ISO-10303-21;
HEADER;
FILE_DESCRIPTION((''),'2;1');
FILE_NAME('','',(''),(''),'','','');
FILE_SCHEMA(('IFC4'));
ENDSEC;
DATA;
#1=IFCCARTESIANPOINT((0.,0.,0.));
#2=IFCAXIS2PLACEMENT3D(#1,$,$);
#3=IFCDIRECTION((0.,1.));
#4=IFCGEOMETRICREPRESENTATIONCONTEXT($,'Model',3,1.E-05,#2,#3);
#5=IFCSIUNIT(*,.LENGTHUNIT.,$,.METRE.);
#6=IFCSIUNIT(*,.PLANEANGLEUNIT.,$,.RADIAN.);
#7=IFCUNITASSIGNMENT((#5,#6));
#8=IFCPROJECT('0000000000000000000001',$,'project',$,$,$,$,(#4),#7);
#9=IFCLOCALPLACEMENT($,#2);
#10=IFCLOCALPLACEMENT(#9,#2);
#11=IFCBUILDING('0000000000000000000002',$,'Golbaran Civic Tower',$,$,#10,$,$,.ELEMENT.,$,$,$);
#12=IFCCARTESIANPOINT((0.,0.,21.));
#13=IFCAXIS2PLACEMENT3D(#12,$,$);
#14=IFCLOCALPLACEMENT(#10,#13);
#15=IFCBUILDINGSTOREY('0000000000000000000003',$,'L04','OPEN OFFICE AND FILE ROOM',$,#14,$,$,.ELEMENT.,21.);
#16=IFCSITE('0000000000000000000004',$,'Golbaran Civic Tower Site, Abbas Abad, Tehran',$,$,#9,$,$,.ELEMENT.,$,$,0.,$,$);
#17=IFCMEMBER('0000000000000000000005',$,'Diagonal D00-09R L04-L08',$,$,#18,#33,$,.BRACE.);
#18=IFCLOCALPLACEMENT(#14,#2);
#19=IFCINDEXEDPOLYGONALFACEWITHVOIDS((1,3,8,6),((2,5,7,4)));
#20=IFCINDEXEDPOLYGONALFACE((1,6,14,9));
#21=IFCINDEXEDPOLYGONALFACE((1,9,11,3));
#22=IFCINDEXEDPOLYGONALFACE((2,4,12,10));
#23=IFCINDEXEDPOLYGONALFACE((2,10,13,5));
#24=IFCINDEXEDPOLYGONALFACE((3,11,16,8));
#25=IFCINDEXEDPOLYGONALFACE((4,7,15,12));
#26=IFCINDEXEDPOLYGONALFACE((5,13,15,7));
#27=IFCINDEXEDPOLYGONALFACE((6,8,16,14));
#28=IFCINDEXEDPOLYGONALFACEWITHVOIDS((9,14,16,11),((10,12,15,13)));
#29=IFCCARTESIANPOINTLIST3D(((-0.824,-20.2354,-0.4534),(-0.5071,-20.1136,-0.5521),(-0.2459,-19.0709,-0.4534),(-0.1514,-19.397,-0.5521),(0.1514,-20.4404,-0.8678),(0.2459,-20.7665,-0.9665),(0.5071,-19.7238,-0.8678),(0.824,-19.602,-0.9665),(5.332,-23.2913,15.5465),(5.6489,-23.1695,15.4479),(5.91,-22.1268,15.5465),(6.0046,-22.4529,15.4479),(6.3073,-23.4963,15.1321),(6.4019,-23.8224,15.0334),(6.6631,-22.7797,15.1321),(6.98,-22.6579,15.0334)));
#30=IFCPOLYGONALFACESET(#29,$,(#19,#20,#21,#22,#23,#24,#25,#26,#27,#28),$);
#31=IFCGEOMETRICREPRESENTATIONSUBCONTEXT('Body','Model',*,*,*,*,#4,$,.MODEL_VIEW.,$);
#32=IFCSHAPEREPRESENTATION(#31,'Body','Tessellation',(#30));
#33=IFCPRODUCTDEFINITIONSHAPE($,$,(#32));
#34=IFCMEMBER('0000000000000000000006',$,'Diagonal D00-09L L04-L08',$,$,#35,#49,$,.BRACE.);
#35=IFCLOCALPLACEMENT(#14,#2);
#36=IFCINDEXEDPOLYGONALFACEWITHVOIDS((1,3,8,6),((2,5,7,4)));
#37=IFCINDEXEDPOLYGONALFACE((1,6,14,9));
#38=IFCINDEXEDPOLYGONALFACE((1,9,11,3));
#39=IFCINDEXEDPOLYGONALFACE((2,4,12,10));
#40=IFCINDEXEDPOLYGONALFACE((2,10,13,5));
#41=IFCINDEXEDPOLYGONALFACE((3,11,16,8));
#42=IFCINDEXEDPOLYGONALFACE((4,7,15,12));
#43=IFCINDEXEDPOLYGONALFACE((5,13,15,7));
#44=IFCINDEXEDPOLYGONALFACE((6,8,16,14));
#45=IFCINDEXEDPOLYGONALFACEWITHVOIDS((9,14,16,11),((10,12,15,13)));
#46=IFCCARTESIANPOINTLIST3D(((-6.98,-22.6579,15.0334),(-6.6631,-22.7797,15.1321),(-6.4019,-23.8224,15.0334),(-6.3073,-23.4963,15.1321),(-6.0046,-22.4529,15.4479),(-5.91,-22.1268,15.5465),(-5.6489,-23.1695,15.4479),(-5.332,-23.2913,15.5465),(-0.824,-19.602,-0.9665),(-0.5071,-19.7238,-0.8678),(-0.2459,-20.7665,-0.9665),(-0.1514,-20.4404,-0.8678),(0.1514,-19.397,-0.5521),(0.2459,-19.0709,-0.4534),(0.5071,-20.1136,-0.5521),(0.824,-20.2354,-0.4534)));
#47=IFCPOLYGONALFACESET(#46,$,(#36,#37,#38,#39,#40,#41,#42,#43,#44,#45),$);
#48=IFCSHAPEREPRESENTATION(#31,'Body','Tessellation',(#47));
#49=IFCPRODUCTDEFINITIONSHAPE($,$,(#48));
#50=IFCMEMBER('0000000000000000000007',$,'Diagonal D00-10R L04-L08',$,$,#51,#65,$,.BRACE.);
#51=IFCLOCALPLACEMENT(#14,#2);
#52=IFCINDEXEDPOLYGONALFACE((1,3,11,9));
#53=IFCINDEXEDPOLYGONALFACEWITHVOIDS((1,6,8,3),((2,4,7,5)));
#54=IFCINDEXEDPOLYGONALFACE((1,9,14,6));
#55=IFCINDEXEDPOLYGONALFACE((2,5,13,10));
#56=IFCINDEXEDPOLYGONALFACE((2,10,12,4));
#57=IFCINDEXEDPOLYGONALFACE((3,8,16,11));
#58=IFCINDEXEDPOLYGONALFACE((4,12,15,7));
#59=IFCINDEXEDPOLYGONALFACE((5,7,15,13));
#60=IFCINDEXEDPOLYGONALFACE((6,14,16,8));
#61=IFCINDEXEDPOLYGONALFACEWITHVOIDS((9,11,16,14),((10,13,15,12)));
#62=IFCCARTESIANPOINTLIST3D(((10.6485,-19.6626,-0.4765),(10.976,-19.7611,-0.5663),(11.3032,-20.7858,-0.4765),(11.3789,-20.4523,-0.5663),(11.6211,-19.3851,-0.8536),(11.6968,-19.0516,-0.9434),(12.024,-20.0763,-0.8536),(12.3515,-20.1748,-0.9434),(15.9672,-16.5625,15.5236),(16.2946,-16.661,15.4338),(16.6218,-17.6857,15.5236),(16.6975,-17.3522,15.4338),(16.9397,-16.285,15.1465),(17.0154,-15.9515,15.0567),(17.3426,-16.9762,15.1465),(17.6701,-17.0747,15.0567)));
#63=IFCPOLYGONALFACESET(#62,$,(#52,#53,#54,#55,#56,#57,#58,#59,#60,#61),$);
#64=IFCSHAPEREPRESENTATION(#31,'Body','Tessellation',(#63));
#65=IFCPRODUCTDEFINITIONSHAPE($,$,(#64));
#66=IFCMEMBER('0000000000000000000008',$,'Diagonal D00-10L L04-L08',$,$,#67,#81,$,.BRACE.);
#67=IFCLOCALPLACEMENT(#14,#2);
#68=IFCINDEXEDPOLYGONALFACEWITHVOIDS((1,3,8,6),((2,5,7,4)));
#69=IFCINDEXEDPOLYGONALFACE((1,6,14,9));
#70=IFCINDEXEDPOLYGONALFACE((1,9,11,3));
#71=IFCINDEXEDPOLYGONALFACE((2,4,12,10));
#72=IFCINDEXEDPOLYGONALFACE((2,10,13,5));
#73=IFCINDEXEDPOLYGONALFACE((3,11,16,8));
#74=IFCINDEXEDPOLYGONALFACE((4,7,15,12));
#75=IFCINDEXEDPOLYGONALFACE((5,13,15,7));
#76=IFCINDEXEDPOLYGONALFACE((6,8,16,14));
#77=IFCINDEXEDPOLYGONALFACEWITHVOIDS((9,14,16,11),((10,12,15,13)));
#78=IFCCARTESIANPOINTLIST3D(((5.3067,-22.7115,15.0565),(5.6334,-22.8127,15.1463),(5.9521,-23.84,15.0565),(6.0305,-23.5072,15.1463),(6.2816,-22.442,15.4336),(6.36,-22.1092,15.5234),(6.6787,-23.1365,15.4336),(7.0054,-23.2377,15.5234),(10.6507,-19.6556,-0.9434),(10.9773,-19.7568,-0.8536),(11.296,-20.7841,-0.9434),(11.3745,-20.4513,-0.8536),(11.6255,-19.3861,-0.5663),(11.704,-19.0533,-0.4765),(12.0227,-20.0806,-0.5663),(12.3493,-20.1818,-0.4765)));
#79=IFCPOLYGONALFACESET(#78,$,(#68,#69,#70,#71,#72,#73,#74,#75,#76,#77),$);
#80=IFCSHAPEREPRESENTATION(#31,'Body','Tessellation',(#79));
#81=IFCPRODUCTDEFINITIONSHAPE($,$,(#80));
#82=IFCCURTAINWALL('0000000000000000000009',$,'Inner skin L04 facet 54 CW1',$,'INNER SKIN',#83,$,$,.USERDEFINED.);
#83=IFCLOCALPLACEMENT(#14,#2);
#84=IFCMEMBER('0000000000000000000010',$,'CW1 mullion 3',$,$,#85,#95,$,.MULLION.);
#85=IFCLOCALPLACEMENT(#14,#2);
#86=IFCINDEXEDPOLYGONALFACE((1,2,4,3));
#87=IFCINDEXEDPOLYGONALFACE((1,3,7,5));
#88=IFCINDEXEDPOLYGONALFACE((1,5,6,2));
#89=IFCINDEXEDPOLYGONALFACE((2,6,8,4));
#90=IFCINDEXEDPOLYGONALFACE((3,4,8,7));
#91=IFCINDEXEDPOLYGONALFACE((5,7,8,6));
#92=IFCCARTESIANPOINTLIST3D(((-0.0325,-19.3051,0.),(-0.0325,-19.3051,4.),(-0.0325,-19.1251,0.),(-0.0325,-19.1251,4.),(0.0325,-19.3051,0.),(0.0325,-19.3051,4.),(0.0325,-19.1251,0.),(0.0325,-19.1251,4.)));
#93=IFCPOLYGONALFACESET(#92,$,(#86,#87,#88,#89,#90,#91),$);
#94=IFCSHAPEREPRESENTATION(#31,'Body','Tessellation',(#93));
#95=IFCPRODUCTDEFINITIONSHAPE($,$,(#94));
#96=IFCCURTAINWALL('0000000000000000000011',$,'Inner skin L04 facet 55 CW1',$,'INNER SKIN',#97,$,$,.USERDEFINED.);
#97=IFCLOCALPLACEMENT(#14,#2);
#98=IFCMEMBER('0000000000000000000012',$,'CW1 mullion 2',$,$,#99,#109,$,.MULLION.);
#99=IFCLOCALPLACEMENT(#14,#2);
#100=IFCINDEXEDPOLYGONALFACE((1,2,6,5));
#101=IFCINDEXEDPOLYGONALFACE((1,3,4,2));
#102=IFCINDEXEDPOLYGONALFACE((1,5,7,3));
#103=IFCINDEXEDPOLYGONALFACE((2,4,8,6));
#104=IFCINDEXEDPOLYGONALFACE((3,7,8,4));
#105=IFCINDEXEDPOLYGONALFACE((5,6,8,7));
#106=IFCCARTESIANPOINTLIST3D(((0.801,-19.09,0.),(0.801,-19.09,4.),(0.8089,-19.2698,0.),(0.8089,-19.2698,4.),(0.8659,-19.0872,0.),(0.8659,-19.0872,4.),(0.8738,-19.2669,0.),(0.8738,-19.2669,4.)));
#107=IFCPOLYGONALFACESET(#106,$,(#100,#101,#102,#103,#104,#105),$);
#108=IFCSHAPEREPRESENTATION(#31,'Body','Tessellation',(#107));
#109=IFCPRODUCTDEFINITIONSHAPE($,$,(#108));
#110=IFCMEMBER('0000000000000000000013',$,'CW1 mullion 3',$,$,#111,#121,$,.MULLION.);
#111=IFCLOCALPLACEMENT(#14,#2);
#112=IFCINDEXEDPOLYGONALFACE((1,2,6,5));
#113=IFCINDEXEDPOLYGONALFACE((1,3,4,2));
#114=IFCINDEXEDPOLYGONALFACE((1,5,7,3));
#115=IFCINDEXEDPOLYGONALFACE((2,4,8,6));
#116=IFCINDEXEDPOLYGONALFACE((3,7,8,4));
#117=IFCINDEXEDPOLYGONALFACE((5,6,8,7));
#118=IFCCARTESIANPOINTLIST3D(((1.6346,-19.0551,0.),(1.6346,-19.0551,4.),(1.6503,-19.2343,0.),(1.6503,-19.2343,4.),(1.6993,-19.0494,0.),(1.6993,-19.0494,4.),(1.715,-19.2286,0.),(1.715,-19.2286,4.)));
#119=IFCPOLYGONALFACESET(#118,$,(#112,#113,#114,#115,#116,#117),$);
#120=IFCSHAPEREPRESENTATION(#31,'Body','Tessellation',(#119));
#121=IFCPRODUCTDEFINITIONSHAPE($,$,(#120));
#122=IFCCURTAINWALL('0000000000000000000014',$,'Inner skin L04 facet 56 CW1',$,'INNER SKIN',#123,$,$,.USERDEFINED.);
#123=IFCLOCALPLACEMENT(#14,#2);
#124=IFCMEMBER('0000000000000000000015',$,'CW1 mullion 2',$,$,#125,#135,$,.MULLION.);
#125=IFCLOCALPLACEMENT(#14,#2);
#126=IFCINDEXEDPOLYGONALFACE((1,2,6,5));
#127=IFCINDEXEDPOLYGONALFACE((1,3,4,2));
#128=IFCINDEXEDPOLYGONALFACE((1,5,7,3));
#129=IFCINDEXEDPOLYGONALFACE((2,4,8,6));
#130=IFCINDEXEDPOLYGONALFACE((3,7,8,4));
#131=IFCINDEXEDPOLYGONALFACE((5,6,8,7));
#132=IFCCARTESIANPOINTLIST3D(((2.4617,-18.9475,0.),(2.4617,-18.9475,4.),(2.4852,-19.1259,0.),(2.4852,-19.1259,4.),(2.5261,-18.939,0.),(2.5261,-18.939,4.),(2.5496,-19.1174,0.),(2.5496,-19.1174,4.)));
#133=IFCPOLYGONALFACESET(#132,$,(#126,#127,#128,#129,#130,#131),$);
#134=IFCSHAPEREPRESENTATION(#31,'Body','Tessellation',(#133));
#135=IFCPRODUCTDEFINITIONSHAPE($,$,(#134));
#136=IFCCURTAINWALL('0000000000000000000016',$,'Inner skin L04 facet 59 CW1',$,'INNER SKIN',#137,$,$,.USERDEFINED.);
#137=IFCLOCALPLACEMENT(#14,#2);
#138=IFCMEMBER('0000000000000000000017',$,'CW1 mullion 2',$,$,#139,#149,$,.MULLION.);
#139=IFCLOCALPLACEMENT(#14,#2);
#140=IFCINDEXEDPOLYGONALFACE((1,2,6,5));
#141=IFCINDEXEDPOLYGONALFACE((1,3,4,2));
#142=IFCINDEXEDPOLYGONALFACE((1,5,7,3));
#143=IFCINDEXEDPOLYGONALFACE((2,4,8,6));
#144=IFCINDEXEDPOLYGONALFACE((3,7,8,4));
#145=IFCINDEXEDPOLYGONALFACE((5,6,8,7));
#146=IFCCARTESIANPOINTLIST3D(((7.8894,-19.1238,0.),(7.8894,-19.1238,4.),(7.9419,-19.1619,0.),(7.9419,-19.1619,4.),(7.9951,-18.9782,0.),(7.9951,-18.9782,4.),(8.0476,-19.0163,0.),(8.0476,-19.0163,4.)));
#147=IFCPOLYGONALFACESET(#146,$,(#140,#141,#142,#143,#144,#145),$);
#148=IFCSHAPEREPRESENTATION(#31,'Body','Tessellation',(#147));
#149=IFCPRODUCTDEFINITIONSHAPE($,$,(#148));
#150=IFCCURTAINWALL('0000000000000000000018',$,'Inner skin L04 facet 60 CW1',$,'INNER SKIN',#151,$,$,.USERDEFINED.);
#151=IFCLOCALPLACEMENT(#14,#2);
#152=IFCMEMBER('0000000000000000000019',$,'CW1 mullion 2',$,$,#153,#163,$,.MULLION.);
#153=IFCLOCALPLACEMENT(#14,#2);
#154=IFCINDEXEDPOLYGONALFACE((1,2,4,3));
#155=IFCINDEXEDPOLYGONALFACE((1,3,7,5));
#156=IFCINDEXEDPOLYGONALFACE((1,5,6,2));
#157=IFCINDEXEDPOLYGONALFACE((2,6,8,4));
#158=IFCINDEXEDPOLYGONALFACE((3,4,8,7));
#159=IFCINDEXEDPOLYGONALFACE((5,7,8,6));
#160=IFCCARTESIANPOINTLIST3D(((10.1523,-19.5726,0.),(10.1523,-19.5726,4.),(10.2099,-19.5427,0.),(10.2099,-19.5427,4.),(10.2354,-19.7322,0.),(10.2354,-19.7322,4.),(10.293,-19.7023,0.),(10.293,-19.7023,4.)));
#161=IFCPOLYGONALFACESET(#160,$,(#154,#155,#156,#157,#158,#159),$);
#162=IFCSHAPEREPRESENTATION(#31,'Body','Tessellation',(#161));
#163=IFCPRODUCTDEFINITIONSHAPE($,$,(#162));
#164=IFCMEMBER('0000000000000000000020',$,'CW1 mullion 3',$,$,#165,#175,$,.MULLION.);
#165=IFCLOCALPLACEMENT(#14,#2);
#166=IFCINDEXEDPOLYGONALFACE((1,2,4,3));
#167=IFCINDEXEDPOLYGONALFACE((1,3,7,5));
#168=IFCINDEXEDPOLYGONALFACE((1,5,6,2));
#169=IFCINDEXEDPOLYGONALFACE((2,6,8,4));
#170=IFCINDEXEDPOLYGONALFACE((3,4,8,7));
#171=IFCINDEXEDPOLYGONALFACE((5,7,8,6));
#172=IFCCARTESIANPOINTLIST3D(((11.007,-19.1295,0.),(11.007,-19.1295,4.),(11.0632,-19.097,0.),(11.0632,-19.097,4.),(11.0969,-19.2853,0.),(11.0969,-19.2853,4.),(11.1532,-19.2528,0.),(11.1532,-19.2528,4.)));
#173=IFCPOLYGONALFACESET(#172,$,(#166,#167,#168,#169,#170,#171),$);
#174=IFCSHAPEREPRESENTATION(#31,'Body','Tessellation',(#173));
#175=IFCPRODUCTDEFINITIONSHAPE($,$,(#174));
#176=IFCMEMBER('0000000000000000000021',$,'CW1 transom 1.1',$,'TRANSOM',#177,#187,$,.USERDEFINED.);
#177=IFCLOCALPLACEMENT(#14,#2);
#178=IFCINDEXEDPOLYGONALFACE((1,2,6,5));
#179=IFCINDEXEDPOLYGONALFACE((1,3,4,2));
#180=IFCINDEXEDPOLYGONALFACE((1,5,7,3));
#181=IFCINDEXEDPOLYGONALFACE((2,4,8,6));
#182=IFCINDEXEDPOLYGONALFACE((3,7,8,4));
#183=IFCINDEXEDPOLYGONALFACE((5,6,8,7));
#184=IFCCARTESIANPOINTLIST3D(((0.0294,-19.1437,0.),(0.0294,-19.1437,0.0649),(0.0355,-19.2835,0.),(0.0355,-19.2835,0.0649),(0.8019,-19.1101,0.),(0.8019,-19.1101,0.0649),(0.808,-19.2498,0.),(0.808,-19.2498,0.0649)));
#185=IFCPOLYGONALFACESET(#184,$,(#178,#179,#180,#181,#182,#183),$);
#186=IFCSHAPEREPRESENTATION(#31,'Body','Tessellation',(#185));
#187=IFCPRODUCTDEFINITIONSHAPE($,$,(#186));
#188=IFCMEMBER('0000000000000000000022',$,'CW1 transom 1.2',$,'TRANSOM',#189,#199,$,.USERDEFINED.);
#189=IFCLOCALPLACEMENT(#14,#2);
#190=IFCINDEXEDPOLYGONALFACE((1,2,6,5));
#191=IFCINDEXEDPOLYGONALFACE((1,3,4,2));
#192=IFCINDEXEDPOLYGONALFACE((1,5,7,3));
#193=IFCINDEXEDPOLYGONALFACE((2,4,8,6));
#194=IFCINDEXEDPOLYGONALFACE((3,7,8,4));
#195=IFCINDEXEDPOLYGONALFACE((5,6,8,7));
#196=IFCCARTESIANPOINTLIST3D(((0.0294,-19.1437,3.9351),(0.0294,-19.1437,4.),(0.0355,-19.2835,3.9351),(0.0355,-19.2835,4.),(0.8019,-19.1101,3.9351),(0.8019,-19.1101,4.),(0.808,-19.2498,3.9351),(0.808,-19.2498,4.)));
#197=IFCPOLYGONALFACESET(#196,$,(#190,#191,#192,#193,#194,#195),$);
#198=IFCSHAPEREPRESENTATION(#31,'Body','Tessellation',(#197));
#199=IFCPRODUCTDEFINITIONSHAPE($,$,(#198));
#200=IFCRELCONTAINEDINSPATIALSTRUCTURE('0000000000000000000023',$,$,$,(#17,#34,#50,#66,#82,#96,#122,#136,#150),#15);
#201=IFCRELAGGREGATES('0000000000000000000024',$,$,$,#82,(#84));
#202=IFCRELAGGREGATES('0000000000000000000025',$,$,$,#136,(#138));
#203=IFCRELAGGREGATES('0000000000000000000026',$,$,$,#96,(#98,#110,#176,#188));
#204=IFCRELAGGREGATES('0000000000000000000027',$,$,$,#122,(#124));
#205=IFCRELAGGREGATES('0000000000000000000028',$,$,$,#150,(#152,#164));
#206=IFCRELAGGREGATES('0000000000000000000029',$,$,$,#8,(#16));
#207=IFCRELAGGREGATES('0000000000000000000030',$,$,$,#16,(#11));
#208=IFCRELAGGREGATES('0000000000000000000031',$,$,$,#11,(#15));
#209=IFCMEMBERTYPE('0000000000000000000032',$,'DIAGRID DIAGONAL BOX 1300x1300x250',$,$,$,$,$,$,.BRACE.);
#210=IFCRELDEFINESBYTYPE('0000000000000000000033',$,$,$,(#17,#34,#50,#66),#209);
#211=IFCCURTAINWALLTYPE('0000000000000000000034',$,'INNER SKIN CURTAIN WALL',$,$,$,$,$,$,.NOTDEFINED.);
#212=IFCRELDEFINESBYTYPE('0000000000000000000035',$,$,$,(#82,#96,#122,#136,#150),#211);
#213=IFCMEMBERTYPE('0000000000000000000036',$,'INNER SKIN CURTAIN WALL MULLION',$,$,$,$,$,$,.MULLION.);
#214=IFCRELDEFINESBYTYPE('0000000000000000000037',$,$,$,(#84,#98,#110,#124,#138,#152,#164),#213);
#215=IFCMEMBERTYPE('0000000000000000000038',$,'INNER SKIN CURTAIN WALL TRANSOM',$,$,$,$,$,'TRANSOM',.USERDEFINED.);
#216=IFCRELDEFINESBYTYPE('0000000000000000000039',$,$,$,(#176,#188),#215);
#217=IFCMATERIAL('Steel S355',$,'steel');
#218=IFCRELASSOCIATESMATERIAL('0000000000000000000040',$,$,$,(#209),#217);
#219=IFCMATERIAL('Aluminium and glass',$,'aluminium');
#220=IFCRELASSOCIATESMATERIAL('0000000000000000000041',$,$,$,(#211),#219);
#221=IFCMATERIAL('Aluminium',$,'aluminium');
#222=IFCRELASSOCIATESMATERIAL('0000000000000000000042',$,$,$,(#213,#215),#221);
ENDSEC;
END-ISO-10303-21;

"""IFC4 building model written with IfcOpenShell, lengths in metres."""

from ifc_helpers import new_model, si_unit, direction, frame, origin, origin_2d, place, context, subcontext, project, spatial, rectangle, hollow_rectangle, extrude, material, material_profile, profile_set, type_object, element, aggregate, save


model = new_model("IFC4")

# Units and contexts
model_context = context("Model", 3, precision=1e-05, world=origin(), true_north=direction((0.0, 1.0)))
body_context = subcontext(model_context, "Body", "Model", "MODEL_VIEW")
ifc_project = project(units=[si_unit("LENGTHUNIT", "METRE"), si_unit("PLANEANGLEUNIT", "RADIAN")], contexts=[model_context])

# Site, building, storey
site_placement = place(None, origin())
site = spatial("IfcSite", under=ifc_project, at=site_placement, Name="Golbaran Civic Tower Site, Abbas Abad, Tehran", CompositionType="ELEMENT", RefElevation=0.0)
building_placement = place(site_placement, origin())
building = spatial("IfcBuilding", under=site, at=building_placement, Name="Golbaran Civic Tower", CompositionType="ELEMENT")
storey_placement = place(building_placement, frame((0.0, 0.0, 21.0)))
storey = spatial("IfcBuildingStorey", under=building, at=storey_placement, Name="L04", Description="OPEN OFFICE AND FILE ROOM", CompositionType="ELEMENT", Elevation=21.0)

# Members
ifc_material_1 = material(Name="Steel S355", Category="steel")
ifc_material_profile_1 = material_profile(ifc_material_1, hollow_rectangle(XDim=1.3, YDim=1.3, WallThickness=0.25, at=origin_2d()), Name="BOX 1300x1300x250")
ifc_profile_set_1 = profile_set([ifc_material_profile_1], Name="Steel S355")
member_type_1 = type_object("IfcMemberType", Name="DIAGRID DIAGONAL BOX 1300x1300x250", PredefinedType="BRACE", material=ifc_profile_set_1)
for number, where, z_axis, x_axis, name in (
    (1, (0.0, -19.9187, -0.71), (0.353516, -0.175489, 0.91882), (0.44464, 0.895709, 0.0), "Diagonal D00-09R L04-L08"),
    (2, (0.0, -19.9187, -0.71), (-0.353516, -0.175489, 0.91882), (0.44464, -0.895709, 0.0), "Diagonal D00-09L L04-L08"),
):
    element("IfcMember", number, at=place(storey_placement, frame(where, z_axis=z_axis, x_axis=x_axis)), inside=storey, type_object=member_type_1, Name=name, PredefinedType="BRACE", context=body_context, shape_type="SweptSolid", body=[
        extrude(hollow_rectangle(XDim=1.3, YDim=1.3, WallThickness=0.25, at=origin_2d()), origin(), (0.0, 0.0, 1.0), 17.4136),
    ])
member_1_placement = place(storey_placement, frame((11.5, -19.9187, -0.71), z_axis=(0.310241, 0.180833, 0.933301), x_axis=(-0.503578, 0.86395, 0.0)))
element("IfcMember", 3, at=member_1_placement, inside=storey, type_object=member_type_1, Name="Diagonal D00-10R L04-L08", PredefinedType="BRACE", context=body_context, shape_type="SweptSolid", body=[
    extrude(hollow_rectangle(XDim=1.3, YDim=1.3, WallThickness=0.25, at=origin_2d()), origin(), (0.0, 0.0, 1.0), 17.1436),
])
member_2_placement = place(storey_placement, frame((11.5, -19.9187, -0.71), z_axis=(-0.311723, -0.178255, 0.933303), x_axis=(0.496408, -0.868089, 0.0)))
element("IfcMember", 4, at=member_2_placement, inside=storey, type_object=member_type_1, Name="Diagonal D00-10L L04-L08", PredefinedType="BRACE", context=body_context, shape_type="SweptSolid", body=[
    extrude(hollow_rectangle(XDim=1.3, YDim=1.3, WallThickness=0.25, at=origin_2d()), origin(), (0.0, 0.0, 1.0), 17.1433),
])

# Curtain wall, member
ifc_material_2 = material(Name="Aluminium and glass", Category="aluminium")
curtain_wall_type = type_object("IfcCurtainWallType", Name="INNER SKIN CURTAIN WALL", PredefinedType="NOTDEFINED", material=ifc_material_2)
curtain_wall_1_placement = place(storey_placement, origin())
curtain_wall_1 = element("IfcCurtainWall", 5, at=curtain_wall_1_placement, inside=storey, type_object=curtain_wall_type, Name="Inner skin L04 facet 54 CW1", ObjectType="INNER SKIN", PredefinedType="USERDEFINED")
ifc_material_3 = material(Name="Aluminium", Category="aluminium")
ifc_material_profile_2 = material_profile(ifc_material_3, rectangle(XDim=0.1799, YDim=0.0649, at=origin_2d()), Name="INNER SKIN CURTAIN WALL MULLION")
ifc_profile_set_2 = profile_set([ifc_material_profile_2], Name="Aluminium")
member_type_2 = type_object("IfcMemberType", Name="INNER SKIN CURTAIN WALL MULLION", PredefinedType="MULLION", material=ifc_profile_set_2)
member_3_placement = place(storey_placement, frame((0.0, -19.2151, 0.0), z_axis=(0.0, 0.0, 1.0), x_axis=(0.0, 1.0, 0.0)))
member_3 = element("IfcMember", 6, at=member_3_placement, type_object=member_type_2, Name="CW1 mullion 3", PredefinedType="MULLION", context=body_context, shape_type="SweptSolid", body=[
    extrude(rectangle(XDim=0.1799, YDim=0.0649, at=origin_2d()), origin(), (0.0, 0.0, 1.0), 4.0),
])
aggregate(curtain_wall_1, [member_3])

# Curtain wall, members
curtain_wall_2_placement = place(storey_placement, origin())
curtain_wall_2 = element("IfcCurtainWall", 7, at=curtain_wall_2_placement, inside=storey, type_object=curtain_wall_type, Name="Inner skin L04 facet 55 CW1", ObjectType="INNER SKIN", PredefinedType="USERDEFINED")
member_4_placement = place(storey_placement, frame((0.8374, -19.1785, 0.0), z_axis=(0.0, 0.0, 1.0), x_axis=(-0.043619, 0.999048, 0.0)))
member_4 = element("IfcMember", 8, at=member_4_placement, type_object=member_type_2, Name="CW1 mullion 2", PredefinedType="MULLION", context=body_context, shape_type="SweptSolid", body=[
    extrude(rectangle(XDim=0.1799, YDim=0.0649, at=origin_2d()), origin(), (0.0, 0.0, 1.0), 4.0),
])
member_5_placement = place(storey_placement, frame((1.6748, -19.1418, 0.0), z_axis=(0.0, 0.0, 1.0), x_axis=(-0.087156, 0.996195, 0.0)))
member_5 = element("IfcMember", 9, at=member_5_placement, type_object=member_type_2, Name="CW1 mullion 3", PredefinedType="MULLION", context=body_context, shape_type="SweptSolid", body=[
    extrude(rectangle(XDim=0.1799, YDim=0.0649, at=origin_2d()), origin(), (0.0, 0.0, 1.0), 4.0),
])

# Curtain walls, members
curtain_wall_3_placement = place(storey_placement, origin())
curtain_wall_3 = element("IfcCurtainWall", 10, at=curtain_wall_3_placement, inside=storey, type_object=curtain_wall_type, Name="Inner skin L04 facet 56 CW1", ObjectType="INNER SKIN", PredefinedType="USERDEFINED")
member_6_placement = place(storey_placement, frame((2.5056, -19.0325, 0.0), z_axis=(0.0, 0.0, 1.0), x_axis=(-0.130526, 0.991445, 0.0)))
member_6 = element("IfcMember", 11, at=member_6_placement, type_object=member_type_2, Name="CW1 mullion 2", PredefinedType="MULLION", context=body_context, shape_type="SweptSolid", body=[
    extrude(rectangle(XDim=0.1799, YDim=0.0649, at=origin_2d()), origin(), (0.0, 0.0, 1.0), 4.0),
])
curtain_wall_4_placement = place(storey_placement, origin())
curtain_wall_4 = element("IfcCurtainWall", 12, at=curtain_wall_4_placement, inside=storey, type_object=curtain_wall_type, Name="Inner skin L04 facet 59 CW1", ObjectType="INNER SKIN", PredefinedType="USERDEFINED")
member_7_placement = place(storey_placement, frame((7.9685, -19.0701, 0.0), z_axis=(0.0, 0.0, 1.0), x_axis=(0.587431, 0.809274, 0.0)))
member_7 = element("IfcMember", 13, at=member_7_placement, type_object=member_type_2, Name="CW1 mullion 2", PredefinedType="MULLION", context=body_context, shape_type="SweptSolid", body=[
    extrude(rectangle(XDim=0.1799, YDim=0.0649, at=origin_2d()), origin(), (0.0, 0.0, 1.0), 4.0),
])

# Curtain wall, members
curtain_wall_5_placement = place(storey_placement, origin())
curtain_wall_5 = element("IfcCurtainWall", 14, at=curtain_wall_5_placement, inside=storey, type_object=curtain_wall_type, Name="Inner skin L04 facet 60 CW1", ObjectType="INNER SKIN", PredefinedType="USERDEFINED")
member_8_placement = place(storey_placement, frame((10.2227, -19.6375, 0.0), z_axis=(0.0, 0.0, 1.0), x_axis=(-0.461749, 0.887011, 0.0)))
member_8 = element("IfcMember", 15, at=member_8_placement, type_object=member_type_2, Name="CW1 mullion 2", PredefinedType="MULLION", context=body_context, shape_type="SweptSolid", body=[
    extrude(rectangle(XDim=0.1799, YDim=0.0649, at=origin_2d()), origin(), (0.0, 0.0, 1.0), 4.0),
])
member_9_placement = place(storey_placement, frame((11.0801, -19.1912, 0.0), z_axis=(0.0, 0.0, 1.0), x_axis=(-0.5, 0.866025, 0.0)))
member_9 = element("IfcMember", 16, at=member_9_placement, type_object=member_type_2, Name="CW1 mullion 3", PredefinedType="MULLION", context=body_context, shape_type="SweptSolid", body=[
    extrude(rectangle(XDim=0.1799, YDim=0.0649, at=origin_2d()), origin(), (0.0, 0.0, 1.0), 4.0),
])

# Members
ifc_material_profile_3 = material_profile(ifc_material_3, rectangle(XDim=0.1399, YDim=0.0649, at=origin_2d()), Name="INNER SKIN CURTAIN WALL TRANSOM")
ifc_profile_set_3 = profile_set([ifc_material_profile_3], Name="Aluminium")
member_type_3 = type_object("IfcMemberType", Name="INNER SKIN CURTAIN WALL TRANSOM", ElementType="TRANSOM", PredefinedType="USERDEFINED", material=ifc_profile_set_3)
member_10_placement = place(storey_placement, frame((0.0325, -19.2136, 0.0325), z_axis=(0.99905, 0.043574, 0.0), x_axis=(-0.043574, 0.99905, 0.0)))
member_10 = element("IfcMember", 17, at=member_10_placement, type_object=member_type_3, Name="CW1 transom 1.1", ObjectType="TRANSOM", PredefinedType="USERDEFINED", context=body_context, shape_type="SweptSolid", body=[
    extrude(rectangle(XDim=0.1399, YDim=0.0649, at=origin_2d()), origin(), (0.0, 0.0, 1.0), 0.7732),
])
member_11_placement = place(storey_placement, frame((0.0325, -19.2136, 3.9675), z_axis=(0.99905, 0.043574, 0.0), x_axis=(-0.043574, 0.99905, 0.0)))
member_11 = element("IfcMember", 18, at=member_11_placement, type_object=member_type_3, Name="CW1 transom 1.2", ObjectType="TRANSOM", PredefinedType="USERDEFINED", context=body_context, shape_type="SweptSolid", body=[
    extrude(rectangle(XDim=0.1399, YDim=0.0649, at=origin_2d()), origin(), (0.0, 0.0, 1.0), 0.7732),
])

aggregate(curtain_wall_4, [member_7])
aggregate(curtain_wall_2, [member_4, member_5, member_10, member_11])
aggregate(curtain_wall_3, [member_6])
aggregate(curtain_wall_5, [member_8, member_9])

save(model, "model.ifc")
